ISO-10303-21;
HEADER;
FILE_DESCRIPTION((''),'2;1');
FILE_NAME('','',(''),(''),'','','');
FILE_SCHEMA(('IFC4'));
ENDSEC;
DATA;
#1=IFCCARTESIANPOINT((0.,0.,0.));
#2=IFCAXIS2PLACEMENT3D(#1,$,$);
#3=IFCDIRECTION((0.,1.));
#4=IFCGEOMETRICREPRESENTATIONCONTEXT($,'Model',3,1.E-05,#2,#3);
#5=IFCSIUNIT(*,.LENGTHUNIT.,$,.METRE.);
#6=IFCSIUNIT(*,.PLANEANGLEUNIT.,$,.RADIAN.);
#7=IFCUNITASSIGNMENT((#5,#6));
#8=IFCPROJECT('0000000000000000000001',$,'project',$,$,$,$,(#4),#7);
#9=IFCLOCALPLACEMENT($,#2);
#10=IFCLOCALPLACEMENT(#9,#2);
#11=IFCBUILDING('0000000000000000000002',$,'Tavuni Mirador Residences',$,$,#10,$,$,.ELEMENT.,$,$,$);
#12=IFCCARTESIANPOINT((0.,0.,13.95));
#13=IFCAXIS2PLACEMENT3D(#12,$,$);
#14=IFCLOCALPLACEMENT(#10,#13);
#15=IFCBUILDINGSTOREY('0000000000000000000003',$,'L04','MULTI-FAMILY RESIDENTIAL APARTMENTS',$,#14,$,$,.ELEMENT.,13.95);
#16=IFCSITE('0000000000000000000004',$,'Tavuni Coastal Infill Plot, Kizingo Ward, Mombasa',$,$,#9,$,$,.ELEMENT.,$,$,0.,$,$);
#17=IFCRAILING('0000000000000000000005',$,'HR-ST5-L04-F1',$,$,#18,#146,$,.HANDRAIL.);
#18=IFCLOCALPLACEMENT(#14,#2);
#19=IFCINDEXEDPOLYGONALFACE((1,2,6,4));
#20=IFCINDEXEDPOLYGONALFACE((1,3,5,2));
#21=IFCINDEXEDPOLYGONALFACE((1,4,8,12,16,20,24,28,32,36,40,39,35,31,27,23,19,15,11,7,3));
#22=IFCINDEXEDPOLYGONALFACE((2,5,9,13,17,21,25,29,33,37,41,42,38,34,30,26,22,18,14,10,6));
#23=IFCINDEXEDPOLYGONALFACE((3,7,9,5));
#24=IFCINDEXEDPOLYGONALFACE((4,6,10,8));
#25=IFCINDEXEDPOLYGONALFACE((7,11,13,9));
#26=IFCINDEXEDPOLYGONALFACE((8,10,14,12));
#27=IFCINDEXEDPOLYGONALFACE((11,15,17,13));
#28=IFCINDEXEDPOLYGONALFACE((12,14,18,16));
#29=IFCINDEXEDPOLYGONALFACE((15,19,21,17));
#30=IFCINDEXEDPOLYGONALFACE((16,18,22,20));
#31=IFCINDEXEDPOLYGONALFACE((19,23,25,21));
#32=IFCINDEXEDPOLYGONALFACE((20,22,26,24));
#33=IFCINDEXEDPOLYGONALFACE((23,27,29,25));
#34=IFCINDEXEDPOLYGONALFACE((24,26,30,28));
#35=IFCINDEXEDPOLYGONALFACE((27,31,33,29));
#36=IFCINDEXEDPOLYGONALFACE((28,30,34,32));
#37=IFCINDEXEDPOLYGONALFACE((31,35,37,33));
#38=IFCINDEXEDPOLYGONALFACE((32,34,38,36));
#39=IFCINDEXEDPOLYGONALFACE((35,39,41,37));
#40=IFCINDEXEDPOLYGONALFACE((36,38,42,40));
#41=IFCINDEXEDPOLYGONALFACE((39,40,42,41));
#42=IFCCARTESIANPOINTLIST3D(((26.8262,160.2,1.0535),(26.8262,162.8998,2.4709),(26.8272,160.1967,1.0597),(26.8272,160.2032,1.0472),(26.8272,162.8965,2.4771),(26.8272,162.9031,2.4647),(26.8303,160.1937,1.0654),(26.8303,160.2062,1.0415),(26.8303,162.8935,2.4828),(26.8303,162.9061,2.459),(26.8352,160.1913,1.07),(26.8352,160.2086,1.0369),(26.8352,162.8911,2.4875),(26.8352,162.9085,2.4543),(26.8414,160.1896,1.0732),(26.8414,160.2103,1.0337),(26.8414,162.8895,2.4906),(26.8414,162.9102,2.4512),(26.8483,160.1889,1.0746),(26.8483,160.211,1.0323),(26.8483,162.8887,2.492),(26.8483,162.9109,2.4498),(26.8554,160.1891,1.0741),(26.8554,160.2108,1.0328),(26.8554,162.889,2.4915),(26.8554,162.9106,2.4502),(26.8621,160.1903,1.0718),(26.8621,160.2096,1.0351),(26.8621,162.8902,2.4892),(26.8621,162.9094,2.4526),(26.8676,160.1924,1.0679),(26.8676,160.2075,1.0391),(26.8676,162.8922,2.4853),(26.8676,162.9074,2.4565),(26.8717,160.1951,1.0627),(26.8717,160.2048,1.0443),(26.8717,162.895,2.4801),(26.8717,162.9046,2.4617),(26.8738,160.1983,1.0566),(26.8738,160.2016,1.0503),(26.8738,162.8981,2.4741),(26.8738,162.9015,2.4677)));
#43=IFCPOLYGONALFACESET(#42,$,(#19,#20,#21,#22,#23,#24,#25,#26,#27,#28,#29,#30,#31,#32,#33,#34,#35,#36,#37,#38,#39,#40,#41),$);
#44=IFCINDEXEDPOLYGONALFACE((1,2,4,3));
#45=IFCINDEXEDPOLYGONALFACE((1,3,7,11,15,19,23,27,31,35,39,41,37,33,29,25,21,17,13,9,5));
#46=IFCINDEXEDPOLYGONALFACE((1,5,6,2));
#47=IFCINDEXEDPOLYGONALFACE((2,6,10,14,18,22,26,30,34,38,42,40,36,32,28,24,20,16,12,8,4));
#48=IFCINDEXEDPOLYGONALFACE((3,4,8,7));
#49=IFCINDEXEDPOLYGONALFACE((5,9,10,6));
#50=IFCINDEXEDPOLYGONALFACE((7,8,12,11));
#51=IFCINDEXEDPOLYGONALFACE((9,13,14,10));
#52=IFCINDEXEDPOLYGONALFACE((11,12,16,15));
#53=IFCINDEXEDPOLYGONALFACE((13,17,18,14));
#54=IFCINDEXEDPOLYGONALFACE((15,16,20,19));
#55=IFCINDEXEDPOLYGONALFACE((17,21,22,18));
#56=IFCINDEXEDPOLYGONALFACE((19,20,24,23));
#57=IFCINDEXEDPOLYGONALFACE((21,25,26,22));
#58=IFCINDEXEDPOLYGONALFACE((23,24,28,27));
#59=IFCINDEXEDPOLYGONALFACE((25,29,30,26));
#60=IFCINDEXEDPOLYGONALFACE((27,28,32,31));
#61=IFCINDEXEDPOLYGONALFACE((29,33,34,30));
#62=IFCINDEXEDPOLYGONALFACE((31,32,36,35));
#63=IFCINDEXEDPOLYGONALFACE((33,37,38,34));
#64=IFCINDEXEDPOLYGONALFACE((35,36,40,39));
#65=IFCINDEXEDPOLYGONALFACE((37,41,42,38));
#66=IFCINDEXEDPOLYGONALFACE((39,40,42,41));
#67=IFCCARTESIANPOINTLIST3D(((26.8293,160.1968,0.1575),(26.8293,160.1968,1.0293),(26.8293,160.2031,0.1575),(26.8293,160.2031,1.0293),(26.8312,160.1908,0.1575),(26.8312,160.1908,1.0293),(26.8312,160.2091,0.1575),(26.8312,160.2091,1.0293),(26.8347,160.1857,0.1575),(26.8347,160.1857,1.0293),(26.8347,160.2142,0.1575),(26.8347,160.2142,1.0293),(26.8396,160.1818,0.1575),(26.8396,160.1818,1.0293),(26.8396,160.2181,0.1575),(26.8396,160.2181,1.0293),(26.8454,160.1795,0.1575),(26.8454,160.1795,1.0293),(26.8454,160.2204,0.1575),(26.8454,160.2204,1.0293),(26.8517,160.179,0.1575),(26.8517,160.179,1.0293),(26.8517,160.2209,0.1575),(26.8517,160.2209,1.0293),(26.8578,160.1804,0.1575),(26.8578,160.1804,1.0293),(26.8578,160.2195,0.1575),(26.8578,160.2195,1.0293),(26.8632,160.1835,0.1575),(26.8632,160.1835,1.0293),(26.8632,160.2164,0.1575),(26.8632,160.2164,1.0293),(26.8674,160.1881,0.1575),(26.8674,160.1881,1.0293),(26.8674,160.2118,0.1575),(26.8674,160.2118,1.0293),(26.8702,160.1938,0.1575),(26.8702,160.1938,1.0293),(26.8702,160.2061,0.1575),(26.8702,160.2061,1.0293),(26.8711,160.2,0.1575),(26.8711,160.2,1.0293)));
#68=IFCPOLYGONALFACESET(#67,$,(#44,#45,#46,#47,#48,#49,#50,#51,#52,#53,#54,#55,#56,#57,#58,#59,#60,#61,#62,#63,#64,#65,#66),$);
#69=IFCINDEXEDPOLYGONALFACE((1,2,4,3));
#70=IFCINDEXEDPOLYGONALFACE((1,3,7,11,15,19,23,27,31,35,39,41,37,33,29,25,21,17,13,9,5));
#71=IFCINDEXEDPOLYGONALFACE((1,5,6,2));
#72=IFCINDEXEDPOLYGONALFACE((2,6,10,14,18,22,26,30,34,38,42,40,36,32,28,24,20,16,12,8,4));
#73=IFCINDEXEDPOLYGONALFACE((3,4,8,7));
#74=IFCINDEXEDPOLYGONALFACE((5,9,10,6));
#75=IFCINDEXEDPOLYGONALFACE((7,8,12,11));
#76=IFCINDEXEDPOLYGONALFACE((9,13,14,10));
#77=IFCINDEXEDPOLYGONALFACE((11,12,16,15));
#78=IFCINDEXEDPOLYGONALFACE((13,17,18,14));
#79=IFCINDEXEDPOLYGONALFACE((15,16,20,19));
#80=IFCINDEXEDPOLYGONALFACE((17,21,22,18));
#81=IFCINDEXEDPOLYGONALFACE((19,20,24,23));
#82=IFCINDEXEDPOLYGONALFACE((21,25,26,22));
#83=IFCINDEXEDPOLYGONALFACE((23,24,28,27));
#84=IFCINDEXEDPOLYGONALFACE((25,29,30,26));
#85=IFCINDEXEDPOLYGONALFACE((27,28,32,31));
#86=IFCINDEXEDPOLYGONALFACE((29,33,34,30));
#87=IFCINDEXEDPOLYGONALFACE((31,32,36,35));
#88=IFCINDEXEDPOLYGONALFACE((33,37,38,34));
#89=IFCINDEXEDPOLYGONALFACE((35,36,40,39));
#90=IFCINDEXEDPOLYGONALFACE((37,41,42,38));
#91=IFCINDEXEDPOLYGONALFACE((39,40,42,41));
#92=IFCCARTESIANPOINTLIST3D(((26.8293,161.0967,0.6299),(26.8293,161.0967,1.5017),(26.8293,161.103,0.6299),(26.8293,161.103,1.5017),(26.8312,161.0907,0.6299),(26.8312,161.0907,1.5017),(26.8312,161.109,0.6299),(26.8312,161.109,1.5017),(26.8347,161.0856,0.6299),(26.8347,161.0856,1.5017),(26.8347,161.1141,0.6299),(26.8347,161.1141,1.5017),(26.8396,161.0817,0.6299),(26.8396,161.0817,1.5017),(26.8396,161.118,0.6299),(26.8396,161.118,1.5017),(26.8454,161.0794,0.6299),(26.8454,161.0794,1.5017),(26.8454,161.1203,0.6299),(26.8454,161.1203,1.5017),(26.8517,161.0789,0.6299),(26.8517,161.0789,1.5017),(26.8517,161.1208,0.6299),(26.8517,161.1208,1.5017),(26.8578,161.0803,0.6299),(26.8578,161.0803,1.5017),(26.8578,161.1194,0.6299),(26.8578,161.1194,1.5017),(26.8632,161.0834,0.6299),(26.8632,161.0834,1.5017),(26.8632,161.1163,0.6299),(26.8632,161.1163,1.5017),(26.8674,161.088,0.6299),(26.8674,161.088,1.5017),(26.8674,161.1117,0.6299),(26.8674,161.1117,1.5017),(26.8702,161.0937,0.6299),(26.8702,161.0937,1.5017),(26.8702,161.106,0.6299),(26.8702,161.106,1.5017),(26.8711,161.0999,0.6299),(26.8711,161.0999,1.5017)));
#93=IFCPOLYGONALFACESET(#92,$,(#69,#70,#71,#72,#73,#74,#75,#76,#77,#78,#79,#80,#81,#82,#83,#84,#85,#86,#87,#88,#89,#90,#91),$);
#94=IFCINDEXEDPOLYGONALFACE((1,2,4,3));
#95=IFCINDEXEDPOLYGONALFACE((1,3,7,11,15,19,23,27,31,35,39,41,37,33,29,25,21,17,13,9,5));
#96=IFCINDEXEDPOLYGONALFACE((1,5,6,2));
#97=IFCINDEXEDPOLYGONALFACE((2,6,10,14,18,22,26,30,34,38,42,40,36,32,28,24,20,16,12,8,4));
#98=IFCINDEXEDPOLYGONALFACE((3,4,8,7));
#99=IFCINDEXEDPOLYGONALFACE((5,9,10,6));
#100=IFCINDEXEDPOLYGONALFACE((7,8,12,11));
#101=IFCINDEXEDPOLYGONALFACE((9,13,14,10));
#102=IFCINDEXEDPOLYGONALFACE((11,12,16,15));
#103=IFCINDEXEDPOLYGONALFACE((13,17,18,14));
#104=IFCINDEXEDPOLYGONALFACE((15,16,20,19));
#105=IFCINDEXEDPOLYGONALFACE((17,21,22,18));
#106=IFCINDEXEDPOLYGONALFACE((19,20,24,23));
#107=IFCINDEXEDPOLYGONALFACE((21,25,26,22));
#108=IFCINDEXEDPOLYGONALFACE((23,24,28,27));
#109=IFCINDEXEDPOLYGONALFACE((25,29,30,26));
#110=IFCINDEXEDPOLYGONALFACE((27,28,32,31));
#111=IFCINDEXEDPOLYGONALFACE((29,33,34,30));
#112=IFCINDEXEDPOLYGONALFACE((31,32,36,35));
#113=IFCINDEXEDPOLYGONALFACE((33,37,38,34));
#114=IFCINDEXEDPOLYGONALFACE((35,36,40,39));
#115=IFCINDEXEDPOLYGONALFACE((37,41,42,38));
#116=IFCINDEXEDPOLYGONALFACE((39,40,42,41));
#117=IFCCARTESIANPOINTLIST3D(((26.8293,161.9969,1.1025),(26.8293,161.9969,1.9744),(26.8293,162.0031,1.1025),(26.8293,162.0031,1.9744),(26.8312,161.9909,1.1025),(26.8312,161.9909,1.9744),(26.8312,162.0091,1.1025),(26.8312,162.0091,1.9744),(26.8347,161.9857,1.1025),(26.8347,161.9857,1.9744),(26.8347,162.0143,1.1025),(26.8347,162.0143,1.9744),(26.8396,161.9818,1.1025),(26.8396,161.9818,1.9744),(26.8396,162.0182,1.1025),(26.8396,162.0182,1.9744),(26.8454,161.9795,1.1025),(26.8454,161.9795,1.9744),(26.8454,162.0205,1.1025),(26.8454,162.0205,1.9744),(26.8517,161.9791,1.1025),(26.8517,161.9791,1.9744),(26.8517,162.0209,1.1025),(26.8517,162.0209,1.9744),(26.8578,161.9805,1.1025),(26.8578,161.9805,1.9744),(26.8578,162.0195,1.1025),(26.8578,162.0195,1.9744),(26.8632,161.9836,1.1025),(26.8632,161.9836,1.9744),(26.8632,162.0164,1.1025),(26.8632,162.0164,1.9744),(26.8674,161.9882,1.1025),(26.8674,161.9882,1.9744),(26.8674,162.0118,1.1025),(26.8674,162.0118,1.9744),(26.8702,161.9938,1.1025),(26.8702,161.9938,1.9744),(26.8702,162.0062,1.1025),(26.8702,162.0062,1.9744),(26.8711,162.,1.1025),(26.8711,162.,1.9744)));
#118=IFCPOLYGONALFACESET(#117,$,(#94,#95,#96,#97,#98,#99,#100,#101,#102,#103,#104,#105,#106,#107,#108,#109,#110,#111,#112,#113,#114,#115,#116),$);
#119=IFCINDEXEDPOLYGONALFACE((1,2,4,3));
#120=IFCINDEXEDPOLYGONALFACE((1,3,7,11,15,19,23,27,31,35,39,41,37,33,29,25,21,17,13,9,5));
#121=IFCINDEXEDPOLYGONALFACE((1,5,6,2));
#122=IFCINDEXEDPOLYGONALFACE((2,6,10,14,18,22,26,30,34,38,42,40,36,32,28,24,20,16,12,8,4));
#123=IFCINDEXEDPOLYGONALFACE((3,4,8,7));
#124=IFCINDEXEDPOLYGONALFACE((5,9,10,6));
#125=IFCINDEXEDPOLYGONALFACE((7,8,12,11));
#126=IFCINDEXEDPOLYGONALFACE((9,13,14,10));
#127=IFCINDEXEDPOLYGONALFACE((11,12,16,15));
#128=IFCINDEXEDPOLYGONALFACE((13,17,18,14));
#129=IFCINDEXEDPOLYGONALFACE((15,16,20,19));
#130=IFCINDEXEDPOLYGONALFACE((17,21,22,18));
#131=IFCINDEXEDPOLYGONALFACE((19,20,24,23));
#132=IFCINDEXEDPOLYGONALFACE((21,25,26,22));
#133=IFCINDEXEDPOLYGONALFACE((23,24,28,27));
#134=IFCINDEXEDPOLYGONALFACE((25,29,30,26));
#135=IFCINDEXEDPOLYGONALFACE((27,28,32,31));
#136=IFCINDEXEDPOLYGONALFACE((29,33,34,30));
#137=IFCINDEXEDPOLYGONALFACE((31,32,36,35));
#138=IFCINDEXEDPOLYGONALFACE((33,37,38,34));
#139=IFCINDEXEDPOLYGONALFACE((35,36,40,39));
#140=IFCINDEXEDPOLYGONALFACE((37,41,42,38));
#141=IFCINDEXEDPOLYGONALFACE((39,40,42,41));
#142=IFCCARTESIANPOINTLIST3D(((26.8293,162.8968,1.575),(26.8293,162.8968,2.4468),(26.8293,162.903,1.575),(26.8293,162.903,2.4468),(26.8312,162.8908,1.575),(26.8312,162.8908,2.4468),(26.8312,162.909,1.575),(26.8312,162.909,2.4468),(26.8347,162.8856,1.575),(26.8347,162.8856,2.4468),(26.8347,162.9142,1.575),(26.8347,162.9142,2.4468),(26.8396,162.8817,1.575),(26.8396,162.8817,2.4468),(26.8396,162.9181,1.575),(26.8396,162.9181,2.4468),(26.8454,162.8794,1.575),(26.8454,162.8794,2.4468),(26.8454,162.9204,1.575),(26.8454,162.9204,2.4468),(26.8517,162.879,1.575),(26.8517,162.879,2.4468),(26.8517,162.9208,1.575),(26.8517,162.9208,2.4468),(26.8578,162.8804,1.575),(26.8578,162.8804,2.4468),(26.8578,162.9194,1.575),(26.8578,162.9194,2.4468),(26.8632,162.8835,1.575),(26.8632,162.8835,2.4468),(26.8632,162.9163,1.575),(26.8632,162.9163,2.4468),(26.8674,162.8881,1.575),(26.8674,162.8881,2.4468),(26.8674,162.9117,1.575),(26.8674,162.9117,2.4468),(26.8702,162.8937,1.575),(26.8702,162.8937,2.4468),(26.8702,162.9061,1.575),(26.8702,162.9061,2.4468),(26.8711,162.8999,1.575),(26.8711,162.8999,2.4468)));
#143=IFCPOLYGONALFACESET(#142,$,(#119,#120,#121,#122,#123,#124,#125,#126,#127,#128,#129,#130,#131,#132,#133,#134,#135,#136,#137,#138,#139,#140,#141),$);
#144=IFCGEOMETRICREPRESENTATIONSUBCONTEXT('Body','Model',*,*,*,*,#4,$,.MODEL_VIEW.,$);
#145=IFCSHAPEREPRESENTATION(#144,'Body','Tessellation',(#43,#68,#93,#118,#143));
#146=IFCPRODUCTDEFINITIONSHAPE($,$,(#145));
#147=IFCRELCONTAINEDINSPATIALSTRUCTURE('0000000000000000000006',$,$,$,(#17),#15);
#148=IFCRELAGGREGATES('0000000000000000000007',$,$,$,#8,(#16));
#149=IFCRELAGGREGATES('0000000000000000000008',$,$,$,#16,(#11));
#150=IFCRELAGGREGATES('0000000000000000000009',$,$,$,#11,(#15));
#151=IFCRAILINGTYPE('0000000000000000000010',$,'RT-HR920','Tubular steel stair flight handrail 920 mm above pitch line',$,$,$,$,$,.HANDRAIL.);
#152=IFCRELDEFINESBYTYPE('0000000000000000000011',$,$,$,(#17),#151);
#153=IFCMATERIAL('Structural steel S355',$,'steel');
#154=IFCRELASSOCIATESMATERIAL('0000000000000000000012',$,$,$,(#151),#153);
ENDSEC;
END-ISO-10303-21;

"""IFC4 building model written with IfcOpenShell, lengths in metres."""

from ifc_helpers import new_model, si_unit, direction, frame, origin, origin_2d, place, context, subcontext, project, spatial, circle, extrude, material, type_object, element, save


model = new_model("IFC4")

# Units and contexts
model_context = context("Model", 3, precision=1e-05, world=origin(), true_north=direction((0.0, 1.0)))
body_context = subcontext(model_context, "Body", "Model", "MODEL_VIEW")
ifc_project = project(units=[si_unit("LENGTHUNIT", "METRE"), si_unit("PLANEANGLEUNIT", "RADIAN")], contexts=[model_context])

# Site, building, storey
site_placement = place(None, origin())
site = spatial("IfcSite", under=ifc_project, at=site_placement, Name="Tavuni Coastal Infill Plot, Kizingo Ward, Mombasa", CompositionType="ELEMENT", RefElevation=0.0)
building_placement = place(site_placement, origin())
building = spatial("IfcBuilding", under=site, at=building_placement, Name="Tavuni Mirador Residences", CompositionType="ELEMENT")
storey_placement = place(building_placement, frame((0.0, 0.0, 13.95)))
storey = spatial("IfcBuildingStorey", under=building, at=storey_placement, Name="L04", Description="MULTI-FAMILY RESIDENTIAL APARTMENTS", CompositionType="ELEMENT", Elevation=13.95)

# Shared definitions
ifc_material_1 = material(Name="Structural steel S355", Category="steel")

# Railing
railing_type_1 = type_object("IfcRailingType", Name="RT-HR920", Description="Tubular steel stair flight handrail 920 mm above pitch line", PredefinedType="HANDRAIL", material=ifc_material_1)
railing_1_placement = place(storey_placement, frame((26.8501, 160.2, 0.1575)))
element("IfcRailing", 1, at=railing_1_placement, inside=storey, type_object=railing_type_1, Name="HR-ST5-L04-F1", PredefinedType="HANDRAIL", context=body_context, shape_type="SweptSolid", body=[
    extrude(circle(Radius=0.0239, at=origin_2d()), frame((0.0, 0.0, 0.896), z_axis=(0.0, 0.885397, 0.464835), x_axis=(-1.0, 0.0, 0.0)), (0.0, 0.0, 1.0), 3.0493),
    extrude(circle(Radius=0.021, at=origin_2d()), origin(), (0.0, 0.0, 1.0), 0.8718),
    extrude(circle(Radius=0.021, at=origin_2d()), frame((0.0, 0.8999, 0.4724)), (0.0, 0.0, 1.0), 0.8718),
    extrude(circle(Radius=0.021, at=origin_2d()), frame((0.0, 1.8, 0.9451)), (0.0, 0.0, 1.0), 0.8718),
    extrude(circle(Radius=0.021, at=origin_2d()), frame((0.0, 2.7, 1.4175)), (0.0, 0.0, 1.0), 0.8718),
])

save(model, "model.ifc")
